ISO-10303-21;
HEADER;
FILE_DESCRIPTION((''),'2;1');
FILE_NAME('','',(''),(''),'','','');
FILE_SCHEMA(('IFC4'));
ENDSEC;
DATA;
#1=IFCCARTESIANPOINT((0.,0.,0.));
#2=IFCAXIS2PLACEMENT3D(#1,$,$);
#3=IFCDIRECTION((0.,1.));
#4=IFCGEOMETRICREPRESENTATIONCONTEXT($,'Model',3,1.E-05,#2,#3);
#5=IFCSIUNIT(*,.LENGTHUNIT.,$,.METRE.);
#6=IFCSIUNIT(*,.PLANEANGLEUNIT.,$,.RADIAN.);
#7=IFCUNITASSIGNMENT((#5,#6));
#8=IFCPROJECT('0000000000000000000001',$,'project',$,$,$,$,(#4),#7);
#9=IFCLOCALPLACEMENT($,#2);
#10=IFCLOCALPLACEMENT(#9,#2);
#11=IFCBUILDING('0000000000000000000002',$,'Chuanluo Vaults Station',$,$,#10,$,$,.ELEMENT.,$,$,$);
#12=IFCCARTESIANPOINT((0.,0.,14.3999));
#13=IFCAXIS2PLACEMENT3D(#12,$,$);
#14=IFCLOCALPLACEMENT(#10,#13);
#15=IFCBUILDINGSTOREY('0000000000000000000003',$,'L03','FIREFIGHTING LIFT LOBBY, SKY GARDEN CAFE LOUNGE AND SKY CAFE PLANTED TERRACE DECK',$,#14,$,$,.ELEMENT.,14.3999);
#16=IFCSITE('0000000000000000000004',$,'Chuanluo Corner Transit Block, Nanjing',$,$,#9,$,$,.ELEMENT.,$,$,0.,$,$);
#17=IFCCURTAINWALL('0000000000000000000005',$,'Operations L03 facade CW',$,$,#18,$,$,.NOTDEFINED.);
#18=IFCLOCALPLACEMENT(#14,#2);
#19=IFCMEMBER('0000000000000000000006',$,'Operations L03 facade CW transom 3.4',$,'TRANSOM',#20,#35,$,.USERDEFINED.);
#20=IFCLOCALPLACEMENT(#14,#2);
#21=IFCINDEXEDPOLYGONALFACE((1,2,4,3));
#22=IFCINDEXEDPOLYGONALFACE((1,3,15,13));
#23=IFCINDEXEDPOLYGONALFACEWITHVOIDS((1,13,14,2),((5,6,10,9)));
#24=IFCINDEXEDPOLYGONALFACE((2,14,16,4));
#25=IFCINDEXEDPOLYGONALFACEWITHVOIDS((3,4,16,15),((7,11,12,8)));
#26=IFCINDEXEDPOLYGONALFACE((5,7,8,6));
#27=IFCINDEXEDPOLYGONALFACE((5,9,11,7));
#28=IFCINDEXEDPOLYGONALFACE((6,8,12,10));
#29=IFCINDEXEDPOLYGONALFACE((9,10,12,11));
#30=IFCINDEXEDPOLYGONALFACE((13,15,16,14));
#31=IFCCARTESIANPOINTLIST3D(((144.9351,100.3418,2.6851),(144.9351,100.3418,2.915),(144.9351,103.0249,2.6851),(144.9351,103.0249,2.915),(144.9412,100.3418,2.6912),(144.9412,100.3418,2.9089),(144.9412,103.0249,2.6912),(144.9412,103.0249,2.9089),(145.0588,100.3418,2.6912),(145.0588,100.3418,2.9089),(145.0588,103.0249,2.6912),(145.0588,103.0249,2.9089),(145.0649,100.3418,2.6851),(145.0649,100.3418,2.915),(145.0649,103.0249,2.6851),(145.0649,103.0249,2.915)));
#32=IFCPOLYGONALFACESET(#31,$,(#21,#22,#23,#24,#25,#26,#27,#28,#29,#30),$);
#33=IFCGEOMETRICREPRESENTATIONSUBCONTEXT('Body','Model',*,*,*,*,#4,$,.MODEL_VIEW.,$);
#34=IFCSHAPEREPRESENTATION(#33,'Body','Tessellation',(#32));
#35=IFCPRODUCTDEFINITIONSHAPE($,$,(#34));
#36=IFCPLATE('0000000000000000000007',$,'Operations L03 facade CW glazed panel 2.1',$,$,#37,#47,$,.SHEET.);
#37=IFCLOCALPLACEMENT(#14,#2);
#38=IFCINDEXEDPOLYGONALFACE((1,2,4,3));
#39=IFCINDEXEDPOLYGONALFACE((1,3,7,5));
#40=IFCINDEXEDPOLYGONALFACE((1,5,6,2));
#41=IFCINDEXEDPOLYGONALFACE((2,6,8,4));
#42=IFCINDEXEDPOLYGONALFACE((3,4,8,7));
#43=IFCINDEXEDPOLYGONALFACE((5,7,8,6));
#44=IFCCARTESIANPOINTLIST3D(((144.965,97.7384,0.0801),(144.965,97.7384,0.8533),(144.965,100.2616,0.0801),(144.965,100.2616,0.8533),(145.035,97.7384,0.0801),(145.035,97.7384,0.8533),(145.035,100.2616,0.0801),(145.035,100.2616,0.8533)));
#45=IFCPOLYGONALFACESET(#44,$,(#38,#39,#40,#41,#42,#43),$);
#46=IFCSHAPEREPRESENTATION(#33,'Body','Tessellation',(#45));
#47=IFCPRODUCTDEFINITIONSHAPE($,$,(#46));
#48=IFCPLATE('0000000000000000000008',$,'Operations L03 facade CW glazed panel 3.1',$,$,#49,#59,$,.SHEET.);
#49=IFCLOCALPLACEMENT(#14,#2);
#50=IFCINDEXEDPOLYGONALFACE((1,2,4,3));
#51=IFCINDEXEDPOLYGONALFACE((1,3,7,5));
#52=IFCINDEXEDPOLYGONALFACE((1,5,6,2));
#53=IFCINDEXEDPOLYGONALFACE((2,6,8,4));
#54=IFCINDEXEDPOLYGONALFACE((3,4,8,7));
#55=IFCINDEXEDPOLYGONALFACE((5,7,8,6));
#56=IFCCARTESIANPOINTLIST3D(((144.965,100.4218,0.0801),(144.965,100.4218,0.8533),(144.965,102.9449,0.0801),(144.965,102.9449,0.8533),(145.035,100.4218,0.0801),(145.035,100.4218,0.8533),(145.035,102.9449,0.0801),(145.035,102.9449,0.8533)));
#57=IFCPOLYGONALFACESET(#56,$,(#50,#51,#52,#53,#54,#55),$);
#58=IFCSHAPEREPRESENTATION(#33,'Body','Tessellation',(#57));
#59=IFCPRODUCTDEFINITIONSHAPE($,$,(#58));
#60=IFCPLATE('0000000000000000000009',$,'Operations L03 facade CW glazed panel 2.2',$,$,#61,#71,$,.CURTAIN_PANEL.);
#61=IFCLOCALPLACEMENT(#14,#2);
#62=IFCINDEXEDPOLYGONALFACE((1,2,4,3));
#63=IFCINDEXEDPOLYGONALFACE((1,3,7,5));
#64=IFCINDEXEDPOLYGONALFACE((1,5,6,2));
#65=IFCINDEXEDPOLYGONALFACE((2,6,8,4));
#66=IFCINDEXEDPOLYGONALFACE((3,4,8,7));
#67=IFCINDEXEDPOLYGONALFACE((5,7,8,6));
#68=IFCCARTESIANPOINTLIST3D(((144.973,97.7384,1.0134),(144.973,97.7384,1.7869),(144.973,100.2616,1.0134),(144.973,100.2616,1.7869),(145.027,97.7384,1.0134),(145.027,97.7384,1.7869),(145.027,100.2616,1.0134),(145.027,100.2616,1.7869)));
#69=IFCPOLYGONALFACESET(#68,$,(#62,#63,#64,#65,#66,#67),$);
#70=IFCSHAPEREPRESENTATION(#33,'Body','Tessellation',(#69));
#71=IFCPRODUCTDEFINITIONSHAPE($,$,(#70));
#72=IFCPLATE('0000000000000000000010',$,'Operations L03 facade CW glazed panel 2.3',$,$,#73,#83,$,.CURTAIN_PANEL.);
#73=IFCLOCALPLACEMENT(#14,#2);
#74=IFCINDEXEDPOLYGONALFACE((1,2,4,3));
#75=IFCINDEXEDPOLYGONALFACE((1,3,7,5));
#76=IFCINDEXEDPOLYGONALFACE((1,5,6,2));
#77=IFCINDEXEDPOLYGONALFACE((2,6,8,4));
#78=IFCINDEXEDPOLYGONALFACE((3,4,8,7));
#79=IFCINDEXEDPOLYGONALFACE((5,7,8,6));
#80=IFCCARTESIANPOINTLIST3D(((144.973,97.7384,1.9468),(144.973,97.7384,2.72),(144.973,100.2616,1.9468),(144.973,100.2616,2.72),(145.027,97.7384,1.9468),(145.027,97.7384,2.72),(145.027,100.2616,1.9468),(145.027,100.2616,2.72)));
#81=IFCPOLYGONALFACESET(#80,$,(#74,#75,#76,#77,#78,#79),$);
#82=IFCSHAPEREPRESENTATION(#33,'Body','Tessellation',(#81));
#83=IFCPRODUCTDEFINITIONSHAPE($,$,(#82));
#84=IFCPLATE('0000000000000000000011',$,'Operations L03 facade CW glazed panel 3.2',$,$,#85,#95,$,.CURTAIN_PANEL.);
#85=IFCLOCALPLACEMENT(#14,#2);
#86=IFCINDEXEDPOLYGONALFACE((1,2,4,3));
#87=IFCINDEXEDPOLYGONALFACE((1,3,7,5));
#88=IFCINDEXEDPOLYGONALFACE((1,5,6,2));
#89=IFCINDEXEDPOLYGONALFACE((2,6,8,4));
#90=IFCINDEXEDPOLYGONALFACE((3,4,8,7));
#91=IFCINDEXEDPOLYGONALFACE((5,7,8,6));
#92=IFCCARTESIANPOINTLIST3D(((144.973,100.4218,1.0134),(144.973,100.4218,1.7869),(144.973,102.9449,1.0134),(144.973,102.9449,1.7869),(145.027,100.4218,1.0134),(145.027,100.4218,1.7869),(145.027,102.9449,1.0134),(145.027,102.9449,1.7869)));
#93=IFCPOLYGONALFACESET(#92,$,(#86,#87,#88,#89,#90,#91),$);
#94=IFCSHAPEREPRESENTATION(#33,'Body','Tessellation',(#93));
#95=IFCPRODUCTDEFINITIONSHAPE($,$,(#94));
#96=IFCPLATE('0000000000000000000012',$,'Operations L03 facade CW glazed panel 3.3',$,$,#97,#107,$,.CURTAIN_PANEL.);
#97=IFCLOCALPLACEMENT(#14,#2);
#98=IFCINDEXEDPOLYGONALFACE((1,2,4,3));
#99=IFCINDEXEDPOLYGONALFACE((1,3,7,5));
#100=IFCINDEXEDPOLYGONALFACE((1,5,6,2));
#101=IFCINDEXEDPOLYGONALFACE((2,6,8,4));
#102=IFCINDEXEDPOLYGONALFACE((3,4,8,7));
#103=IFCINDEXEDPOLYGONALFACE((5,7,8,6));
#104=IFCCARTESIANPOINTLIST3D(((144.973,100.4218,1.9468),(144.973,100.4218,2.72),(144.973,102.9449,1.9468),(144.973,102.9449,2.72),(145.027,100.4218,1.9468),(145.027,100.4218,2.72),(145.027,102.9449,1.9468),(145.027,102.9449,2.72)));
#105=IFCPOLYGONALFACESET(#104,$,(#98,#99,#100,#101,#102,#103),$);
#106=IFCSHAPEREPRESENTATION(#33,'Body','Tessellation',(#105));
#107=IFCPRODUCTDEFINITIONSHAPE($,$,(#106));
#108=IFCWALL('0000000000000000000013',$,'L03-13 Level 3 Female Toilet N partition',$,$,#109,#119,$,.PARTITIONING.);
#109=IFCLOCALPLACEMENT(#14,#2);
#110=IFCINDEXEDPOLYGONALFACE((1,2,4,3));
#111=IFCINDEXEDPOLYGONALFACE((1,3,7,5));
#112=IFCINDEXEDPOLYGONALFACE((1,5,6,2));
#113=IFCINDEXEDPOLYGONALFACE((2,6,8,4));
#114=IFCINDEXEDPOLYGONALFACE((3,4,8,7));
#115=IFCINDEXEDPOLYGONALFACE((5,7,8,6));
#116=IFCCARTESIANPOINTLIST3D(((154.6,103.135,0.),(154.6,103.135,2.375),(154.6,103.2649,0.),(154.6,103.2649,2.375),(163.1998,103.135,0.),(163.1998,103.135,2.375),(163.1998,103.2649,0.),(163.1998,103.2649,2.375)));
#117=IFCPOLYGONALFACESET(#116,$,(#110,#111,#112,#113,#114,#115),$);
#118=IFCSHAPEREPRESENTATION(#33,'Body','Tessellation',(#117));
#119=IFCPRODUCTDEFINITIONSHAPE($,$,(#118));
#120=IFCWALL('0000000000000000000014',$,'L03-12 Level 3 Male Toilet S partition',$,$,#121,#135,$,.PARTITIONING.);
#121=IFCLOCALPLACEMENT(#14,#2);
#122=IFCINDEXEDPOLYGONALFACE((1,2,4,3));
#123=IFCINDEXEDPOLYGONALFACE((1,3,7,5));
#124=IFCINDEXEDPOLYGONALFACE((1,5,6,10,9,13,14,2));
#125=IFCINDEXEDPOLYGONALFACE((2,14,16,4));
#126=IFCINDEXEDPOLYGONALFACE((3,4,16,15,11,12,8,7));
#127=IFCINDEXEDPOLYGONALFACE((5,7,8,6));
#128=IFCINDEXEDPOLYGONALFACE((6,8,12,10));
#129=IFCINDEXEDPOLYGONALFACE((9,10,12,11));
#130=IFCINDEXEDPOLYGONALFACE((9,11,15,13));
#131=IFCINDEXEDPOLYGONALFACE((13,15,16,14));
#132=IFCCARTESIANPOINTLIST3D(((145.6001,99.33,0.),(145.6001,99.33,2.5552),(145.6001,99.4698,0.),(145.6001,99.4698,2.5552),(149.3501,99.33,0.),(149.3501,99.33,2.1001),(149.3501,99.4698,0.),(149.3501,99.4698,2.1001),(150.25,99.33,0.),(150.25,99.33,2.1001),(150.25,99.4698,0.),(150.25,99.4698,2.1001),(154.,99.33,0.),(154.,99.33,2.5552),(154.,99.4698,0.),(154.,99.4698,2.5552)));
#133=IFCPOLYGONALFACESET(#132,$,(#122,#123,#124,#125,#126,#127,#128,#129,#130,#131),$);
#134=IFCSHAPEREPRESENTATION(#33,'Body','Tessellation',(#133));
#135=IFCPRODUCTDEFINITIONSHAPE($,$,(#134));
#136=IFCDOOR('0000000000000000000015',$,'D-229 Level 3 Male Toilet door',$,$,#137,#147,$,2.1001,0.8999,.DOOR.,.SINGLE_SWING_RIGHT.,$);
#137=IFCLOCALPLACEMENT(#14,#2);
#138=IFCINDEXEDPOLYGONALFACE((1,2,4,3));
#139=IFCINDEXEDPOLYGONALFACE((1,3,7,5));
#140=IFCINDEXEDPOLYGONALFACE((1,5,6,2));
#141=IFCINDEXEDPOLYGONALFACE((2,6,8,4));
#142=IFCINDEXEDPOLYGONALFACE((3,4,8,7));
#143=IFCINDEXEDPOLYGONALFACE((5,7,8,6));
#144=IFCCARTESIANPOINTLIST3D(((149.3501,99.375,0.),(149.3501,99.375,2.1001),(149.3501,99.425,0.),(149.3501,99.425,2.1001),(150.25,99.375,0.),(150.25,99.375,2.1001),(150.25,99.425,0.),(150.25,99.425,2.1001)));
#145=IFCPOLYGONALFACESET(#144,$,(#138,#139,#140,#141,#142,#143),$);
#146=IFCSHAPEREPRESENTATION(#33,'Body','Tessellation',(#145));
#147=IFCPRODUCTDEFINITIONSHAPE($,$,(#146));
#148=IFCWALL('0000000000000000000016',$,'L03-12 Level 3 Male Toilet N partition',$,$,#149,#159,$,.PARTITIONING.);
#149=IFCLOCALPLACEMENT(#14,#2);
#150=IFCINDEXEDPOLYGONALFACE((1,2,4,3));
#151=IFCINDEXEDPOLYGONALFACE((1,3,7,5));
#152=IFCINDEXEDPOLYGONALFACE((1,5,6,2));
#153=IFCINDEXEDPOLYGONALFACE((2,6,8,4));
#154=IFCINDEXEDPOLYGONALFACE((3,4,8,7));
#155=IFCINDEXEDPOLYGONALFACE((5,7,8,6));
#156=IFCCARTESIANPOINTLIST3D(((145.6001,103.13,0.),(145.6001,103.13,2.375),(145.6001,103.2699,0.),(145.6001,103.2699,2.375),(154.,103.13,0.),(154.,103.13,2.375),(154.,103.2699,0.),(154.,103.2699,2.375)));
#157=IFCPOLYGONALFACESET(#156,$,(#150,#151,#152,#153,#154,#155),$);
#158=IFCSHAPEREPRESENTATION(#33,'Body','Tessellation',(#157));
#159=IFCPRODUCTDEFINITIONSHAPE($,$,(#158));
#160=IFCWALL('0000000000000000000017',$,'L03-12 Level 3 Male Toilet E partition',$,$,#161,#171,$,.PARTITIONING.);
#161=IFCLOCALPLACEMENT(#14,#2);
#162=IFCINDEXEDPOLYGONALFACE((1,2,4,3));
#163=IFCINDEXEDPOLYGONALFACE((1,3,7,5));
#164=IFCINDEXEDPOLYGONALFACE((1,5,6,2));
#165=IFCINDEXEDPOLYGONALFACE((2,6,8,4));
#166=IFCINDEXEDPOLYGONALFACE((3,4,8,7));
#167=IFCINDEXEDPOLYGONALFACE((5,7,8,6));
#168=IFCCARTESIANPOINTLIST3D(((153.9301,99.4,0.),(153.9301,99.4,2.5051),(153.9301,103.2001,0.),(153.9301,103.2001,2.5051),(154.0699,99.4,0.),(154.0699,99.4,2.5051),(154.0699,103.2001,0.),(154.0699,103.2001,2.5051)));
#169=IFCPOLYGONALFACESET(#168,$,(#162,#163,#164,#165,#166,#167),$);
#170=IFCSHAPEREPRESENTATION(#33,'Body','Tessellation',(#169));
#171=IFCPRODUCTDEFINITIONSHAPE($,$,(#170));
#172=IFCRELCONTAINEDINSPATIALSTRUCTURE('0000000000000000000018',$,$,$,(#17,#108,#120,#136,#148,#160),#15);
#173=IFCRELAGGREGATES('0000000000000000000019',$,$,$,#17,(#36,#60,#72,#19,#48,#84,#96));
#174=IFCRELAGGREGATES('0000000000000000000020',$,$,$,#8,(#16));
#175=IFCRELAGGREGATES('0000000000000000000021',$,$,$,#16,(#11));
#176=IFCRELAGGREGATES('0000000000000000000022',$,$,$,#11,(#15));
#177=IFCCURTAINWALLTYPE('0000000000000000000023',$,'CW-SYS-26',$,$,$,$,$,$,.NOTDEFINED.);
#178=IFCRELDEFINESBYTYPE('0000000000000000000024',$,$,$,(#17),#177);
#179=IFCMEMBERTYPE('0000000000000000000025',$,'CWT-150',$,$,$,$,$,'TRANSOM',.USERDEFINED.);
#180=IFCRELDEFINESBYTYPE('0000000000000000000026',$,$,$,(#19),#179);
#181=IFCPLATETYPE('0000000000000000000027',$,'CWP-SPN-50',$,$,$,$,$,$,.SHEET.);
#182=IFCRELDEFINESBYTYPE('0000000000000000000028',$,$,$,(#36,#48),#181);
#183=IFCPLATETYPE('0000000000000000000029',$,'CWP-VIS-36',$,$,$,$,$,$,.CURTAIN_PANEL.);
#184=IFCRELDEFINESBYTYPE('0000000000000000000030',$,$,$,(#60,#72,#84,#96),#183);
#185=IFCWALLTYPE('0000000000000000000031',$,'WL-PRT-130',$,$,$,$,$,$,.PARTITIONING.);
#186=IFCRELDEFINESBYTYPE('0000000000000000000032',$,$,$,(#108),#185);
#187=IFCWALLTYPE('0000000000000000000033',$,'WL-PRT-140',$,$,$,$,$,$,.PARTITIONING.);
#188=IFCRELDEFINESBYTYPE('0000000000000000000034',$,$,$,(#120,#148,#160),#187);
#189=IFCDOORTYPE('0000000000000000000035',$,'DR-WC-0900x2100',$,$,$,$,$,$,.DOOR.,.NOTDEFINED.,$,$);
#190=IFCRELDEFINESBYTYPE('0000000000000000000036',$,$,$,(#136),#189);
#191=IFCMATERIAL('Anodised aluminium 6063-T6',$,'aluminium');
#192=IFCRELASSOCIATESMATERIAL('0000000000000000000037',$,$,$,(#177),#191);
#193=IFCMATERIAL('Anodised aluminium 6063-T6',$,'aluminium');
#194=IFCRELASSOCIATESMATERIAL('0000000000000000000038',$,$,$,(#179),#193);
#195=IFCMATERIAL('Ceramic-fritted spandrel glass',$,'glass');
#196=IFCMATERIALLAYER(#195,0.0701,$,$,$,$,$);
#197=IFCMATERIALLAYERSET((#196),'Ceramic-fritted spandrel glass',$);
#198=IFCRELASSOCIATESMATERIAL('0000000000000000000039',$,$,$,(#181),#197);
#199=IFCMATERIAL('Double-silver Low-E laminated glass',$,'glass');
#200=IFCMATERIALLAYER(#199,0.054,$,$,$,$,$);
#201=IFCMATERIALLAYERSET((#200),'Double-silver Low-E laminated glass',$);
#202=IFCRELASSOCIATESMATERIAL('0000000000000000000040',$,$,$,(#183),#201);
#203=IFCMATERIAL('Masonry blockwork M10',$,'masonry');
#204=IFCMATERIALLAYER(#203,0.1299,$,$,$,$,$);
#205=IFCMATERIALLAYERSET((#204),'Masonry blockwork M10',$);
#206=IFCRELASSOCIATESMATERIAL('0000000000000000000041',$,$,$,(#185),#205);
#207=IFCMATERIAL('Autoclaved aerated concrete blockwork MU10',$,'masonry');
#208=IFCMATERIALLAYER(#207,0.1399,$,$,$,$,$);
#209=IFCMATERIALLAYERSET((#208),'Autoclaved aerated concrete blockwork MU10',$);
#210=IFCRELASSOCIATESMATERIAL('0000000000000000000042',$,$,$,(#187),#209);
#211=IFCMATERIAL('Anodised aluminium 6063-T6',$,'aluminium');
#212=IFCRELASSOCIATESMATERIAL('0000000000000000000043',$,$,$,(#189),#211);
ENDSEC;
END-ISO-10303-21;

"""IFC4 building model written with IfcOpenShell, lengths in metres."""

from ifc_helpers import new_model, si_unit, direction, frame, frame_2d, origin, origin_2d, place, context, subcontext, project, spatial, rectangle, hollow_rectangle, extrude, material, layer, layer_set, material_profile, profile_set, type_object, element, fill, aggregate, save


model = new_model("IFC4")

# Units and contexts
model_context = context("Model", 3, precision=1e-05, world=origin(), true_north=direction((0.0, 1.0)))
body_context = subcontext(model_context, "Body", "Model", "MODEL_VIEW")
ifc_project = project(units=[si_unit("LENGTHUNIT", "METRE"), si_unit("PLANEANGLEUNIT", "RADIAN")], contexts=[model_context])

# Site, building, storey
site_placement = place(None, origin())
site = spatial("IfcSite", under=ifc_project, at=site_placement, Name="Chuanluo Corner Transit Block, Nanjing", CompositionType="ELEMENT", RefElevation=0.0)
building_placement = place(site_placement, origin())
building = spatial("IfcBuilding", under=site, at=building_placement, Name="Chuanluo Vaults Station", CompositionType="ELEMENT")
storey_placement = place(building_placement, frame((0.0, 0.0, 14.3999)))
storey = spatial("IfcBuildingStorey", under=building, at=storey_placement, Name="L03", Description="FIREFIGHTING LIFT LOBBY, SKY GARDEN CAFE LOUNGE AND SKY CAFE PLANTED TERRACE DECK", CompositionType="ELEMENT", Elevation=14.3999)

# Curtain wall, member, plates
ifc_material_1 = material(Name="Anodised aluminium 6063-T6", Category="aluminium")
curtain_wall_type = type_object("IfcCurtainWallType", Name="CW-SYS-26", PredefinedType="NOTDEFINED", material=ifc_material_1)
curtain_wall_placement = place(storey_placement, origin())
curtain_wall = element("IfcCurtainWall", 1, at=curtain_wall_placement, inside=storey, type_object=curtain_wall_type, Name="Operations L03 facade CW", PredefinedType="NOTDEFINED")
ifc_material_2 = material(Name="Anodised aluminium 6063-T6", Category="aluminium")
ifc_material_profile_1 = material_profile(ifc_material_2, hollow_rectangle(XDim=0.1299, YDim=0.23, WallThickness=0.0061, at=origin_2d()))
ifc_profile_set_1 = profile_set([ifc_material_profile_1], Name="Anodised aluminium 6063-T6")
member_type_1 = type_object("IfcMemberType", Name="CWT-150", ElementType="TRANSOM", PredefinedType="USERDEFINED", material=ifc_profile_set_1)
member_1_placement = place(storey_placement, frame((145.0, 100.3418, 2.8), z_axis=(0.0, 1.0, 0.0), x_axis=(-1.0, 0.0, 0.0)))
member_1 = element("IfcMember", 2, at=member_1_placement, type_object=member_type_1, Name="Operations L03 facade CW transom 3.4", ObjectType="TRANSOM", PredefinedType="USERDEFINED", context=body_context, shape_type="SweptSolid", body=[
    extrude(hollow_rectangle(XDim=0.1299, YDim=0.23, WallThickness=0.0061, at=origin_2d()), origin(), (0.0, 0.0, 1.0), 2.6831),
])
ifc_material_3 = material(Name="Ceramic-fritted spandrel glass", Category="glass")
ifc_layer_1 = layer(ifc_material_3, 0.0701)
ifc_layer_set_1 = layer_set([ifc_layer_1], Name="Ceramic-fritted spandrel glass")
plate_type_1 = type_object("IfcPlateType", Name="CWP-SPN-50", PredefinedType="SHEET", material=ifc_layer_set_1)
plate_1_placement = place(storey_placement, frame((145.0, 99.0, 0.0801), z_axis=(0.0, 0.0, 1.0), x_axis=(0.0, 1.0, 0.0)))
plate_1 = element("IfcPlate", 3, at=plate_1_placement, type_object=plate_type_1, Name="Operations L03 facade CW glazed panel 2.1", PredefinedType="SHEET", context=body_context, shape_type="SweptSolid", body=[
    extrude(rectangle(XDim=2.5232, YDim=0.0701, at=origin_2d()), origin(), (0.0, 0.0, 1.0), 0.7732),
])
plate_2_placement = place(storey_placement, frame((145.0, 101.6833, 0.0801), z_axis=(0.0, 0.0, 1.0), x_axis=(0.0, 1.0, 0.0)))
plate_2 = element("IfcPlate", 4, at=plate_2_placement, type_object=plate_type_1, Name="Operations L03 facade CW glazed panel 3.1", PredefinedType="SHEET", context=body_context, shape_type="SweptSolid", body=[
    extrude(rectangle(XDim=2.5232, YDim=0.0701, at=origin_2d()), origin(), (0.0, 0.0, 1.0), 0.7732),
])
ifc_material_4 = material(Name="Double-silver Low-E laminated glass", Category="glass")
ifc_layer_2 = layer(ifc_material_4, 0.054)
ifc_layer_set_2 = layer_set([ifc_layer_2], Name="Double-silver Low-E laminated glass")
plate_type_2 = type_object("IfcPlateType", Name="CWP-VIS-36", PredefinedType="CURTAIN_PANEL", material=ifc_layer_set_2)
plate_3_placement = place(storey_placement, frame((145.0, 99.0, 1.0134), z_axis=(0.0, 0.0, 1.0), x_axis=(0.0, 1.0, 0.0)))
plate_3 = element("IfcPlate", 5, at=plate_3_placement, type_object=plate_type_2, Name="Operations L03 facade CW glazed panel 2.2", PredefinedType="CURTAIN_PANEL", context=body_context, shape_type="SweptSolid", body=[
    extrude(rectangle(XDim=2.5232, YDim=0.054, at=origin_2d()), origin(), (0.0, 0.0, 1.0), 0.7734),
])
plate_4_placement = place(storey_placement, frame((145.0, 99.0, 1.9468), z_axis=(0.0, 0.0, 1.0), x_axis=(0.0, 1.0, 0.0)))
plate_4 = element("IfcPlate", 6, at=plate_4_placement, type_object=plate_type_2, Name="Operations L03 facade CW glazed panel 2.3", PredefinedType="CURTAIN_PANEL", context=body_context, shape_type="SweptSolid", body=[
    extrude(rectangle(XDim=2.5232, YDim=0.054, at=origin_2d()), origin(), (0.0, 0.0, 1.0), 0.7732),
])
plate_5_placement = place(storey_placement, frame((145.0, 101.6833, 1.0134), z_axis=(0.0, 0.0, 1.0), x_axis=(0.0, 1.0, 0.0)))
plate_5 = element("IfcPlate", 7, at=plate_5_placement, type_object=plate_type_2, Name="Operations L03 facade CW glazed panel 3.2", PredefinedType="CURTAIN_PANEL", context=body_context, shape_type="SweptSolid", body=[
    extrude(rectangle(XDim=2.5232, YDim=0.054, at=origin_2d()), origin(), (0.0, 0.0, 1.0), 0.7734),
])
plate_6_placement = place(storey_placement, frame((145.0, 101.6833, 1.9468), z_axis=(0.0, 0.0, 1.0), x_axis=(0.0, 1.0, 0.0)))
plate_6 = element("IfcPlate", 8, at=plate_6_placement, type_object=plate_type_2, Name="Operations L03 facade CW glazed panel 3.3", PredefinedType="CURTAIN_PANEL", context=body_context, shape_type="SweptSolid", body=[
    extrude(rectangle(XDim=2.5232, YDim=0.054, at=origin_2d()), origin(), (0.0, 0.0, 1.0), 0.7732),
])
aggregate(curtain_wall, [plate_1, plate_3, plate_4, member_1, plate_2, plate_5, plate_6])

# Wall
ifc_material_5 = material(Name="Masonry blockwork M10", Category="masonry")
ifc_layer_3 = layer(ifc_material_5, 0.1299)
ifc_layer_set_3 = layer_set([ifc_layer_3], Name="Masonry blockwork M10")
wall_type_1 = type_object("IfcWallType", Name="WL-PRT-130", PredefinedType="PARTITIONING", material=ifc_layer_set_3)
wall_1_placement = place(storey_placement, frame((154.6001, 103.2, 0.0), z_axis=(0.0, 0.0, 1.0), x_axis=(1.0, 0.0, 0.0)))
element("IfcWall", 9, at=wall_1_placement, inside=storey, type_object=wall_type_1, Name="L03-13 Level 3 Female Toilet N partition", PredefinedType="PARTITIONING", context=body_context, shape_type="SweptSolid", body=[
    extrude(rectangle(XDim=8.5999, YDim=0.1299, at=frame_2d((4.2998, 0.0))), origin(), (0.0, 0.0, 1.0), 2.375),
])

# Wall, opening, door
ifc_material_6 = material(Name="Autoclaved aerated concrete blockwork MU10", Category="masonry")
ifc_layer_4 = layer(ifc_material_6, 0.1399)
ifc_layer_set_4 = layer_set([ifc_layer_4], Name="Autoclaved aerated concrete blockwork MU10")
wall_type_2 = type_object("IfcWallType", Name="WL-PRT-140", PredefinedType="PARTITIONING", material=ifc_layer_set_4)
wall_2_placement = place(storey_placement, frame((154.0, 99.3999, 0.0), z_axis=(0.0, 0.0, 1.0), x_axis=(-1.0, 0.0, 0.0)))
wall_2 = element("IfcWall", 10, at=wall_2_placement, inside=storey, type_object=wall_type_2, Name="L03-12 Level 3 Male Toilet S partition", PredefinedType="PARTITIONING", context=body_context, shape_type="SweptSolid", body=[
    extrude(rectangle(XDim=8.3999, YDim=0.1399, at=frame_2d((4.2, 0.0))), origin(), (0.0, 0.0, 1.0), 2.5552),
])
opening_placement = place(wall_2_placement, frame((3.75, 0.0, 0.0)))
opening = element("IfcOpeningElement", 11, at=opening_placement, cuts=wall_2, PredefinedType="OPENING", context=body_context, shape_type="SweptSolid", body=[
    extrude(rectangle(XDim=0.8999, YDim=2.1001, at=frame_2d((0.45, 1.05))), frame((0.0, 0.0798, 0.0), z_axis=(0.0, -1.0, 0.0), x_axis=(1.0, 0.0, 0.0)), (0.0, 0.0, 1.0), 0.1599),
])
ifc_material_7 = material(Name="Anodised aluminium 6063-T6", Category="aluminium")
door_type = type_object("IfcDoorType", Name="DR-WC-0900x2100", OperationType="NOTDEFINED", PredefinedType="DOOR", material=ifc_material_7)
door_placement = place(opening_placement, origin())
door = element("IfcDoor", 12, at=door_placement, inside=storey, type_object=door_type, Name="D-229 Level 3 Male Toilet door", OperationType="SINGLE_SWING_RIGHT", OverallHeight=2.1001, OverallWidth=0.8999, PredefinedType="DOOR", context=body_context, shape_type="SweptSolid", body=[
    extrude(rectangle(XDim=0.8999, YDim=2.1001, at=frame_2d((0.45, 1.05))), frame((0.0, 0.0249, 0.0), z_axis=(0.0, -1.0, 0.0), x_axis=(1.0, 0.0, 0.0)), (0.0, 0.0, 1.0), 0.05),
])
fill(opening, door)

# Walls
wall_3_placement = place(storey_placement, frame((145.6001, 103.2, 0.0), z_axis=(0.0, 0.0, 1.0), x_axis=(1.0, 0.0, 0.0)))
element("IfcWall", 13, at=wall_3_placement, inside=storey, type_object=wall_type_2, Name="L03-12 Level 3 Male Toilet N partition", PredefinedType="PARTITIONING", context=body_context, shape_type="SweptSolid", body=[
    extrude(rectangle(XDim=8.3999, YDim=0.1399, at=frame_2d((4.2, 0.0))), origin(), (0.0, 0.0, 1.0), 2.375),
])
wall_4_placement = place(storey_placement, frame((154.0, 103.2, 0.0), z_axis=(0.0, 0.0, 1.0), x_axis=(0.0, -1.0, 0.0)))
element("IfcWall", 14, at=wall_4_placement, inside=storey, type_object=wall_type_2, Name="L03-12 Level 3 Male Toilet E partition", PredefinedType="PARTITIONING", context=body_context, shape_type="SweptSolid", body=[
    extrude(rectangle(XDim=3.8, YDim=0.1399, at=frame_2d((1.8999, 0.0))), origin(), (0.0, 0.0, 1.0), 2.5051),
])

save(model, "model.ifc")
